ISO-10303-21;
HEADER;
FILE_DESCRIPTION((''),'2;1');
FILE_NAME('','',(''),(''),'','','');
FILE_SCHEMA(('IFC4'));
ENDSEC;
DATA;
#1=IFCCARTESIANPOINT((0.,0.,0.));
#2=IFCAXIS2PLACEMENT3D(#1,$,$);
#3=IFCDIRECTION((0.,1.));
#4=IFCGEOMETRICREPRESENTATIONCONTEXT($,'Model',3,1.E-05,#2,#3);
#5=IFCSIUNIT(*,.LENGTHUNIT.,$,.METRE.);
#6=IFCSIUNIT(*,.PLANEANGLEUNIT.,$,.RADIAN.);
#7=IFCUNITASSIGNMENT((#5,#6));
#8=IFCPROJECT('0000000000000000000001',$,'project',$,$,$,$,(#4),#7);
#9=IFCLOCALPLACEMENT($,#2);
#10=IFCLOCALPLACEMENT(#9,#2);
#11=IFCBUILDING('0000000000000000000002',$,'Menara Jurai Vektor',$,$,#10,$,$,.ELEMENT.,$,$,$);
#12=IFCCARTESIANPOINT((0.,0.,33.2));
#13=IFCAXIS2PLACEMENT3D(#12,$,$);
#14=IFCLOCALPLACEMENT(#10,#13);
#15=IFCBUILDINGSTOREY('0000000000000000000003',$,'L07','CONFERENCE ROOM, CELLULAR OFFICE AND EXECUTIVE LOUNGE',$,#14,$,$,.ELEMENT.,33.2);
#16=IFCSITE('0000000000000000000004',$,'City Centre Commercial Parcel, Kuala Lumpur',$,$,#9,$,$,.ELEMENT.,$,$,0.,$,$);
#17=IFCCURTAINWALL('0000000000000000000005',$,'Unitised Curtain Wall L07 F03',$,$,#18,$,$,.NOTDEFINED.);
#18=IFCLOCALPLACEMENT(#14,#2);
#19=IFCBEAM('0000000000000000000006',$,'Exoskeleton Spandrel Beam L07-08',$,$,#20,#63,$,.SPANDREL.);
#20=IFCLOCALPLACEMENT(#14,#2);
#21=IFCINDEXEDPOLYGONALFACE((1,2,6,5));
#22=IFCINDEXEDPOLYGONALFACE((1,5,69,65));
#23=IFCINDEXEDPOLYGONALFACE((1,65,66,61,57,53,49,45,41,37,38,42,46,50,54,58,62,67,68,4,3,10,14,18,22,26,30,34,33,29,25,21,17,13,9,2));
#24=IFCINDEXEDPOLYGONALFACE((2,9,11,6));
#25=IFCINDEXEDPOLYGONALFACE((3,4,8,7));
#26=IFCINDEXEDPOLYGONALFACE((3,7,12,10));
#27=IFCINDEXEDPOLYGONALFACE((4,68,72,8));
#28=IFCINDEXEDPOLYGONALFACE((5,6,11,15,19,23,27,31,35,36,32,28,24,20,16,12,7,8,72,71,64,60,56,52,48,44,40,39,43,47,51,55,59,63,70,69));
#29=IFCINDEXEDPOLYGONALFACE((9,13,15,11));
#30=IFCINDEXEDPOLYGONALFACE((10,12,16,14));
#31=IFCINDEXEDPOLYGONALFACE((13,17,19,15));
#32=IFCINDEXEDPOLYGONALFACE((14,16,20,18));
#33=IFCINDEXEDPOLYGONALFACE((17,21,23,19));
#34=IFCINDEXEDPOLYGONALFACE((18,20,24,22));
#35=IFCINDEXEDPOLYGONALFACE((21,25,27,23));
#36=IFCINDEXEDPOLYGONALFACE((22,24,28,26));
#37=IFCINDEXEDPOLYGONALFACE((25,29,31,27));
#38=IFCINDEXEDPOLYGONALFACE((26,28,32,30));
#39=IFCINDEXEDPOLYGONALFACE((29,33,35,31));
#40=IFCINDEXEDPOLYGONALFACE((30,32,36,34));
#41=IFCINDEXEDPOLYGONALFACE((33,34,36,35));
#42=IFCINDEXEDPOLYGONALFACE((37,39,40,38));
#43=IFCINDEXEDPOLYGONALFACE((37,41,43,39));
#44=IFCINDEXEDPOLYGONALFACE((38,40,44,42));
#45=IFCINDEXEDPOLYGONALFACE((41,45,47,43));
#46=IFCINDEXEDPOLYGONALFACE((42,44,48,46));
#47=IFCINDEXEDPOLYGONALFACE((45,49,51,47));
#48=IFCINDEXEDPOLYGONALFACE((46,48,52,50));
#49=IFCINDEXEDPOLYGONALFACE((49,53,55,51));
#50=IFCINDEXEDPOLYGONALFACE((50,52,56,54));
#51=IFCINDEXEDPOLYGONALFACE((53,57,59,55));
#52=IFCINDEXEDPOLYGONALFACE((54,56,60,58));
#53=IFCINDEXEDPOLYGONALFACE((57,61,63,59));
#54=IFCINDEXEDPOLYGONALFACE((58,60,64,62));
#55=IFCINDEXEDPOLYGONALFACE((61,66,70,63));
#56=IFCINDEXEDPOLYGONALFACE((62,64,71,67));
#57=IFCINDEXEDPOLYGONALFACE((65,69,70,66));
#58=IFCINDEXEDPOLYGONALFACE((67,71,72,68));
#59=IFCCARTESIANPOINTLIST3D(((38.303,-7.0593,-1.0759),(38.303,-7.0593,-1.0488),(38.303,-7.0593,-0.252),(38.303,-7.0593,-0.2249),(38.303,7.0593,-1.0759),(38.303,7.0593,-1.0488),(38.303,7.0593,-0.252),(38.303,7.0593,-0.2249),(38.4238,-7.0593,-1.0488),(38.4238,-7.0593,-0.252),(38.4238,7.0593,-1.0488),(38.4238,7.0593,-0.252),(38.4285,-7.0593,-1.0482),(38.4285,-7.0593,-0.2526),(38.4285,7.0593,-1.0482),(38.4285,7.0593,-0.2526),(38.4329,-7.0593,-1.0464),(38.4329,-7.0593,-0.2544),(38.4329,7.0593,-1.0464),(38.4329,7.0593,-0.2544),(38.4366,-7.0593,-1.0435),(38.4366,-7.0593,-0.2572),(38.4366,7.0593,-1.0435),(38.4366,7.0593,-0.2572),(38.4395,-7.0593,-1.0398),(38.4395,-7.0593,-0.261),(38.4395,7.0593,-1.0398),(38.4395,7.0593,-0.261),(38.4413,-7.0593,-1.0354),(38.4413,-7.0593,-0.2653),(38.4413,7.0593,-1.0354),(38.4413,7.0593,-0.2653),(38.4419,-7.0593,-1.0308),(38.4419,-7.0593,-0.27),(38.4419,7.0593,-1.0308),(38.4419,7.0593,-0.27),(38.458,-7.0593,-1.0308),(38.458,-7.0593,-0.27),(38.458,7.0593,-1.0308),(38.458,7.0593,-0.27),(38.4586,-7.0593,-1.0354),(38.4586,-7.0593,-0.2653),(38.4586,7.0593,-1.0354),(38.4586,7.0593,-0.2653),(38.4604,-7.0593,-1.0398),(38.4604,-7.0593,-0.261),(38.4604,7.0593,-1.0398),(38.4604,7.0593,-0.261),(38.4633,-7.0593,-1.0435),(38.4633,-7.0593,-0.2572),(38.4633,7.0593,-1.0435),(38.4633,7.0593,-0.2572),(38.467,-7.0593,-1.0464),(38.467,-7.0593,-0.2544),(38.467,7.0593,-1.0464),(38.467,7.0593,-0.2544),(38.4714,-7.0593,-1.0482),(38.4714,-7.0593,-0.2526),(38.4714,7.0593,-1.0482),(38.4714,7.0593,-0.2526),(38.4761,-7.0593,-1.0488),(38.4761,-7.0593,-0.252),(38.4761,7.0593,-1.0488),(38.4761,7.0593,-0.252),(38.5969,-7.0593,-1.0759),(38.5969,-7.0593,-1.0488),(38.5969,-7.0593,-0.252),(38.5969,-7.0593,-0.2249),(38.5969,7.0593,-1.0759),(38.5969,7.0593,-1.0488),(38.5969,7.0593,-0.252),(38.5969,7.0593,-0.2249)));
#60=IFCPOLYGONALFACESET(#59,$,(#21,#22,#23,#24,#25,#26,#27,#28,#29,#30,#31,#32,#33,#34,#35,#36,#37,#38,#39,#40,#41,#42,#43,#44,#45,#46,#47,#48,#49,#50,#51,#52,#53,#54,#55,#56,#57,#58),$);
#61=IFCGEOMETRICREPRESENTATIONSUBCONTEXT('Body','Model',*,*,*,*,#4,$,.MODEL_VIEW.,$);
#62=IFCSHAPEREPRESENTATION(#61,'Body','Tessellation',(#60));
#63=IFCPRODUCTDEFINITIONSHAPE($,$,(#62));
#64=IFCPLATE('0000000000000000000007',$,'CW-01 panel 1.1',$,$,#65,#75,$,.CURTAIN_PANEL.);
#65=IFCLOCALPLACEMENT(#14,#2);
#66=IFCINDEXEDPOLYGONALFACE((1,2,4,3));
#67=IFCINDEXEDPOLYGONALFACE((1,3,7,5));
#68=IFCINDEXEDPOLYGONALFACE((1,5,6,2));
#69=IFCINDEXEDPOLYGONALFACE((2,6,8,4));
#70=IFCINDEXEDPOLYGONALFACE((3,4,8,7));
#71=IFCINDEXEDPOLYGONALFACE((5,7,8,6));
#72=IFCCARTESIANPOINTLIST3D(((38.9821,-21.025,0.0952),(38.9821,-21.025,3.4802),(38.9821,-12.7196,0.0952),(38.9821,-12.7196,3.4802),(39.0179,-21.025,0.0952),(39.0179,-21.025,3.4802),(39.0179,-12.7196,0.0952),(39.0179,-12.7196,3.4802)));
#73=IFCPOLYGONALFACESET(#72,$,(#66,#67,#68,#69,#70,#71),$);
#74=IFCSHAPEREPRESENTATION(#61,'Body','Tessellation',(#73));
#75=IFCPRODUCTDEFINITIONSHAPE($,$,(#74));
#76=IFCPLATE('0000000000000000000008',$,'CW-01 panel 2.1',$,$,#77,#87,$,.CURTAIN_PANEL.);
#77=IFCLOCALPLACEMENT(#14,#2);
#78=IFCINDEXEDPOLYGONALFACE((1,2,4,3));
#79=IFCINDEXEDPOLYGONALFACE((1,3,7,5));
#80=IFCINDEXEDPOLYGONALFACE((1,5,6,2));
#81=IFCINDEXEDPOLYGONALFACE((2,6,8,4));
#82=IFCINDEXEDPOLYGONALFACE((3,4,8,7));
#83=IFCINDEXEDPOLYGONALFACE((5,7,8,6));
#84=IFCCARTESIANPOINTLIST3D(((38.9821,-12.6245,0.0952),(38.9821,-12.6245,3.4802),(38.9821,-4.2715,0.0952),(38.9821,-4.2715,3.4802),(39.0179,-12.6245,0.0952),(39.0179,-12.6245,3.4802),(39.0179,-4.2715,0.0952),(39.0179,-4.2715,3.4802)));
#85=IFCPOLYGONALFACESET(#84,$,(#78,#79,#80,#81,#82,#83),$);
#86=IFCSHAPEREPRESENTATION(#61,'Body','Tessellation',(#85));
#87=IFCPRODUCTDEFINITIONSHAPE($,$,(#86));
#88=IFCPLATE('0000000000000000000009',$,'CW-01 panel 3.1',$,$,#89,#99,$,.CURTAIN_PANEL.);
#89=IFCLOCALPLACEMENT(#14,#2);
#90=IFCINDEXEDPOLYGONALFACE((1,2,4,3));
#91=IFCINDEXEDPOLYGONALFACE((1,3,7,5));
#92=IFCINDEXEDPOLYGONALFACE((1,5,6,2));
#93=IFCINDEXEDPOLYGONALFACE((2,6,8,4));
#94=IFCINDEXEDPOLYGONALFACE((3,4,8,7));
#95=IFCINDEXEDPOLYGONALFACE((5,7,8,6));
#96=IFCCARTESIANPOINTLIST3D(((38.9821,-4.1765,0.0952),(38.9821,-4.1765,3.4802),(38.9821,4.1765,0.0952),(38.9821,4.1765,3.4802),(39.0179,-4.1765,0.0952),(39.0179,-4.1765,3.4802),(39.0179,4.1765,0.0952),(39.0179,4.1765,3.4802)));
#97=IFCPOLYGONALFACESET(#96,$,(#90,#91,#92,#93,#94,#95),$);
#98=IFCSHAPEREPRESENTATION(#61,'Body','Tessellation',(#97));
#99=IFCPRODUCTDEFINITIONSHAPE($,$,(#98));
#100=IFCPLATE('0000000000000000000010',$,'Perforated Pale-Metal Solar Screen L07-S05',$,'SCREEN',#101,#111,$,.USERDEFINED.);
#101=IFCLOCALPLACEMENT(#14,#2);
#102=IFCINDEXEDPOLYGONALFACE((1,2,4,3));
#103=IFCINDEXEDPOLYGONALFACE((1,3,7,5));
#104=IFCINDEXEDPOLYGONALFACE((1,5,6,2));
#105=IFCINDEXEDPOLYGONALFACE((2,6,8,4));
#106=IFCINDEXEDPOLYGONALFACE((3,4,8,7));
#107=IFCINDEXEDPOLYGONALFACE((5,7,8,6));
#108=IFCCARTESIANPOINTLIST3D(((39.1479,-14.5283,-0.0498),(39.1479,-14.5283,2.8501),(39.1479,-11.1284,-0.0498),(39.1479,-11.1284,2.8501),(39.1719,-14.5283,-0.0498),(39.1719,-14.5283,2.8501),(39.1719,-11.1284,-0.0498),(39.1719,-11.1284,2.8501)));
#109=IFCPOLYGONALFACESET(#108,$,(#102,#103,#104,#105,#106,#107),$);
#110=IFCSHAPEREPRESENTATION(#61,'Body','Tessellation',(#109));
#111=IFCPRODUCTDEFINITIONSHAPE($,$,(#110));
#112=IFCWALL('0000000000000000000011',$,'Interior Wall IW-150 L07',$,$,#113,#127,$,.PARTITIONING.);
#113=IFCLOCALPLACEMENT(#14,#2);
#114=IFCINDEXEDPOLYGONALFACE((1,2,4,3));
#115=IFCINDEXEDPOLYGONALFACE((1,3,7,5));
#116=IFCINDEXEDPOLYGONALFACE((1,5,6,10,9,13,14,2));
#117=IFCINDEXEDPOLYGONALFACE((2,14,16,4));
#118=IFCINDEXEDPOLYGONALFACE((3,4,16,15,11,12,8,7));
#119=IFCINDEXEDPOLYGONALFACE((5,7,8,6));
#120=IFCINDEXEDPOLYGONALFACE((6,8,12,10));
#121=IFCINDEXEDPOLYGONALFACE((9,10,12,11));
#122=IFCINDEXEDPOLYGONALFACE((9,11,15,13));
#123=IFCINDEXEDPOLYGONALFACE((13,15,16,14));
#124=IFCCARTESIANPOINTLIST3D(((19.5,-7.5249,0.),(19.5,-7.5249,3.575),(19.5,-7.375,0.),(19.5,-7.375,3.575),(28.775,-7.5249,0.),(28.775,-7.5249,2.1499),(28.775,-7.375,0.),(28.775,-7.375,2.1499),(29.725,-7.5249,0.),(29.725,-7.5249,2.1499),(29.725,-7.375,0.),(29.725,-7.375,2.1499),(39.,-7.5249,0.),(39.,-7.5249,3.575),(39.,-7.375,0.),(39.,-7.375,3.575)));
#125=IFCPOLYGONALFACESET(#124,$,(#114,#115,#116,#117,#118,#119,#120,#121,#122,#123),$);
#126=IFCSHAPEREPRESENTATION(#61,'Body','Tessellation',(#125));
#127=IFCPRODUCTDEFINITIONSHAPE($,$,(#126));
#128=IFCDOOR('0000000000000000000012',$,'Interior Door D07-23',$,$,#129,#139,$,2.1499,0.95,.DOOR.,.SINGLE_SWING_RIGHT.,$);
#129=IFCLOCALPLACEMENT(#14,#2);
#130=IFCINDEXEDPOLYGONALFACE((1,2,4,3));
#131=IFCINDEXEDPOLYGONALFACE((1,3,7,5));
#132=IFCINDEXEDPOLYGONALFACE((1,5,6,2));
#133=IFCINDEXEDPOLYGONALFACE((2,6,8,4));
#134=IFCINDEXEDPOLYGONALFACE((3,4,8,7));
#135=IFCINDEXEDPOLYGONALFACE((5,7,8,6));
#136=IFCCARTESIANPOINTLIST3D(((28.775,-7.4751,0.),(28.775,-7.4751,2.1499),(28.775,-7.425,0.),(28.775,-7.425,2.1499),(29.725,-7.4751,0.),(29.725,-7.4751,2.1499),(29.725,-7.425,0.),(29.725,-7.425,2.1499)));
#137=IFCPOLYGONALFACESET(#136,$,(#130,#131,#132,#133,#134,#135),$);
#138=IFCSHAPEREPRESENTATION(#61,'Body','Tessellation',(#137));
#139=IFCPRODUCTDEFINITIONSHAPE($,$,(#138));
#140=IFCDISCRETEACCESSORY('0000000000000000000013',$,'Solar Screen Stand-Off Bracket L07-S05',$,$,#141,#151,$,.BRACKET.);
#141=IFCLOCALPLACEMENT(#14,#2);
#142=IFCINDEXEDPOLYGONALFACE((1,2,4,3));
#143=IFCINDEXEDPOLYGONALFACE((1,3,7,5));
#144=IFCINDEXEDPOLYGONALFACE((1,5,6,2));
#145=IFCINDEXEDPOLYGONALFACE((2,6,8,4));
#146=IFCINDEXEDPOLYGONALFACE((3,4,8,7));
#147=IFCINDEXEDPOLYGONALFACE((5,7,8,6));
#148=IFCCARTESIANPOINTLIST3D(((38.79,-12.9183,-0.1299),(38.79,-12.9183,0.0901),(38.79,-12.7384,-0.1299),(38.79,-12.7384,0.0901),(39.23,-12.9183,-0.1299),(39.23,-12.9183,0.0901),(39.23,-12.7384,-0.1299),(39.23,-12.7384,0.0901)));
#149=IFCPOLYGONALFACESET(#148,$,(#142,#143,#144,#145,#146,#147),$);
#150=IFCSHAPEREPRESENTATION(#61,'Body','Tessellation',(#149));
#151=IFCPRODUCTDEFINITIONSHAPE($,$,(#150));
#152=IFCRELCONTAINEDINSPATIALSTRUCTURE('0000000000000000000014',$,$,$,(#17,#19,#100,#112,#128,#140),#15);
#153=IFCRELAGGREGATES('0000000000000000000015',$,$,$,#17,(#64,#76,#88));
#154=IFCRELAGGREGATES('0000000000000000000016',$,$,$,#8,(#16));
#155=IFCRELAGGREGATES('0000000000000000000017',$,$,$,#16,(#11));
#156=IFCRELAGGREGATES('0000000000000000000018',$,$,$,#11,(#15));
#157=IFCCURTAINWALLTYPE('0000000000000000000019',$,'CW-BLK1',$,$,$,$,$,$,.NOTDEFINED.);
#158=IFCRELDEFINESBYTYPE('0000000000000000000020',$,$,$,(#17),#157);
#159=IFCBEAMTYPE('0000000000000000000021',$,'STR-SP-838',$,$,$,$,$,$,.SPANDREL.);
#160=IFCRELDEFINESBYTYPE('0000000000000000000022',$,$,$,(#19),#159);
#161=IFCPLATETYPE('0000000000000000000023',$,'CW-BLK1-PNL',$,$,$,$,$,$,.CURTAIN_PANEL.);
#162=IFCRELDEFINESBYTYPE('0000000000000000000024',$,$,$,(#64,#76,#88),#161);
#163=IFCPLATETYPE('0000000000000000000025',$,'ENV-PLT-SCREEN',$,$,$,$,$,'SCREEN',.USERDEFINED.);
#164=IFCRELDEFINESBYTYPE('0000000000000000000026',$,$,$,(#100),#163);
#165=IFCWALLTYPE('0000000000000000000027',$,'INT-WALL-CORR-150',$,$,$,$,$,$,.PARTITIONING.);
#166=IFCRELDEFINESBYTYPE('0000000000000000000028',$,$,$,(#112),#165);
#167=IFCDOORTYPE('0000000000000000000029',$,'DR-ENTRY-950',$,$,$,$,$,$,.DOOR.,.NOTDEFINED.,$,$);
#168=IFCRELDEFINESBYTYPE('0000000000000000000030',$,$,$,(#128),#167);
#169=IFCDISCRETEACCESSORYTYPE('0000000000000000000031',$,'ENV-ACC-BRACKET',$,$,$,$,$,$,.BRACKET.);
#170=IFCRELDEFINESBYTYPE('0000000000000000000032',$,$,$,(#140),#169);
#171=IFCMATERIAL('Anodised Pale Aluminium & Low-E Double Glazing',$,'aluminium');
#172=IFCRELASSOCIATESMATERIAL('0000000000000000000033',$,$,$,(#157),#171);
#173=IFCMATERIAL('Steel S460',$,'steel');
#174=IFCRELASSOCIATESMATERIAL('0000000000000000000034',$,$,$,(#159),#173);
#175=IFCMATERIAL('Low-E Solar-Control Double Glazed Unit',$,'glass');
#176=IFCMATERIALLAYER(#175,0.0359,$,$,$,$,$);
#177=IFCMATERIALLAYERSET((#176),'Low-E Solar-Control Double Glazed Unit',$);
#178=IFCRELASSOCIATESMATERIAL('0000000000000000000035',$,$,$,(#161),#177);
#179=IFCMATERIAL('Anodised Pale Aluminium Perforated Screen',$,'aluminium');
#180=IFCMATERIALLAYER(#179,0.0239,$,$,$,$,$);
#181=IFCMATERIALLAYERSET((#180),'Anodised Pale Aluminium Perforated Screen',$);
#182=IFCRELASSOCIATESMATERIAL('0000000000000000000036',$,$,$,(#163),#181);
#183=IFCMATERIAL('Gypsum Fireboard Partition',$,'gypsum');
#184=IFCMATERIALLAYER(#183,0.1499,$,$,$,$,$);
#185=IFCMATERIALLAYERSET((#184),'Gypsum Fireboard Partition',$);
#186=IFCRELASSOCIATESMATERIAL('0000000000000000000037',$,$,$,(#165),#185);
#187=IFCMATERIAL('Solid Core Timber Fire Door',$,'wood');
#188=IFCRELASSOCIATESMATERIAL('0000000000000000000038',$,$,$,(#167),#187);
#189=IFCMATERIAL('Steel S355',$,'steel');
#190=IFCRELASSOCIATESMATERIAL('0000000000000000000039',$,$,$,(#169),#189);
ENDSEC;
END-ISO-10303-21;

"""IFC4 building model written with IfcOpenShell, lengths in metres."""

from ifc_helpers import new_model, si_unit, direction, frame, frame_2d, origin, origin_2d, place, context, subcontext, project, spatial, rectangle, i_section, extrude, material, layer, layer_set, material_profile, profile_set, type_object, element, fill, aggregate, save


model = new_model("IFC4")

# Units and contexts
model_context = context("Model", 3, precision=1e-05, world=origin(), true_north=direction((0.0, 1.0)))
body_context = subcontext(model_context, "Body", "Model", "MODEL_VIEW")
ifc_project = project(units=[si_unit("LENGTHUNIT", "METRE"), si_unit("PLANEANGLEUNIT", "RADIAN")], contexts=[model_context])

# Site, building, storey
site_placement = place(None, origin())
site = spatial("IfcSite", under=ifc_project, at=site_placement, Name="City Centre Commercial Parcel, Kuala Lumpur", CompositionType="ELEMENT", RefElevation=0.0)
building_placement = place(site_placement, origin())
building = spatial("IfcBuilding", under=site, at=building_placement, Name="Menara Jurai Vektor", CompositionType="ELEMENT")
storey_placement = place(building_placement, frame((0.0, 0.0, 33.2)))
storey = spatial("IfcBuildingStorey", under=building, at=storey_placement, Name="L07", Description="CONFERENCE ROOM, CELLULAR OFFICE AND EXECUTIVE LOUNGE", CompositionType="ELEMENT", Elevation=33.2)

# Shared definitions
ifc_material_1 = material(Name="Steel S460", Category="steel")

# Curtain wall
ifc_material_2 = material(Name="Anodised Pale Aluminium & Low-E Double Glazing", Category="aluminium")
curtain_wall_type = type_object("IfcCurtainWallType", Name="CW-BLK1", PredefinedType="NOTDEFINED", material=ifc_material_2)
curtain_wall_placement = place(storey_placement, origin())
curtain_wall = element("IfcCurtainWall", 1, at=curtain_wall_placement, inside=storey, type_object=curtain_wall_type, Name="Unitised Curtain Wall L07 F03", PredefinedType="NOTDEFINED")

# Beam
ifc_material_3 = material(Name="Steel S355", Category="steel")
ifc_material_profile_1 = material_profile(ifc_material_1, i_section(OverallWidth=0.2939, OverallDepth=0.8511, WebThickness=0.0161, FlangeThickness=0.0271, FilletRadius=0.0181, at=origin_2d()), Name="UKB 838x292x226")
ifc_profile_set_1 = profile_set([ifc_material_profile_1], Name="Steel S460")
beam_type_1 = type_object("IfcBeamType", Name="STR-SP-838", PredefinedType="SPANDREL", material=ifc_profile_set_1)
beam_1_placement = place(storey_placement, frame((38.45, -7.0593, -0.6504), z_axis=(0.0, 1.0, 0.0), x_axis=(-1.0, 0.0, 0.0)))
element("IfcBeam", 2, at=beam_1_placement, inside=storey, type_object=beam_type_1, Name="Exoskeleton Spandrel Beam L07-08", PredefinedType="SPANDREL", context=body_context, shape_type="SweptSolid", body=[
    extrude(i_section(OverallWidth=0.2939, OverallDepth=0.8511, WebThickness=0.0161, FlangeThickness=0.0271, FilletRadius=0.0181, at=origin_2d()), origin(), (0.0, 0.0, 1.0), 14.1187),
])

# Plates
ifc_material_4 = material(Name="Low-E Solar-Control Double Glazed Unit", Category="glass")
ifc_layer_1 = layer(ifc_material_4, 0.0359)
ifc_layer_set_1 = layer_set([ifc_layer_1], Name="Low-E Solar-Control Double Glazed Unit")
plate_type_1 = type_object("IfcPlateType", Name="CW-BLK1-PNL", PredefinedType="CURTAIN_PANEL", material=ifc_layer_set_1)
plate_1_placement = place(storey_placement, frame((39.0, -16.8723, 0.0952), z_axis=(0.0, 0.0, 1.0), x_axis=(0.0, 1.0, 0.0)))
plate_1 = element("IfcPlate", 3, at=plate_1_placement, type_object=plate_type_1, Name="CW-01 panel 1.1", PredefinedType="CURTAIN_PANEL", context=body_context, shape_type="SweptSolid", body=[
    extrude(rectangle(XDim=8.3054, YDim=0.0359, at=origin_2d()), origin(), (0.0, 0.0, 1.0), 3.385),
])
plate_2_placement = place(storey_placement, frame((39.0, -8.448, 0.0952), z_axis=(0.0, 0.0, 1.0), x_axis=(0.0, 1.0, 0.0)))
plate_2 = element("IfcPlate", 4, at=plate_2_placement, type_object=plate_type_1, Name="CW-01 panel 2.1", PredefinedType="CURTAIN_PANEL", context=body_context, shape_type="SweptSolid", body=[
    extrude(rectangle(XDim=8.353, YDim=0.0359, at=origin_2d()), origin(), (0.0, 0.0, 1.0), 3.385),
])
plate_3_placement = place(storey_placement, frame((39.0, 0.0, 0.0952), z_axis=(0.0, 0.0, 1.0), x_axis=(0.0, 1.0, 0.0)))
plate_3 = element("IfcPlate", 5, at=plate_3_placement, type_object=plate_type_1, Name="CW-01 panel 3.1", PredefinedType="CURTAIN_PANEL", context=body_context, shape_type="SweptSolid", body=[
    extrude(rectangle(XDim=8.353, YDim=0.0359, at=origin_2d()), origin(), (0.0, 0.0, 1.0), 3.385),
])
aggregate(curtain_wall, [plate_1, plate_2, plate_3])
ifc_material_5 = material(Name="Anodised Pale Aluminium Perforated Screen", Category="aluminium")
ifc_layer_2 = layer(ifc_material_5, 0.0239)
ifc_layer_set_2 = layer_set([ifc_layer_2], Name="Anodised Pale Aluminium Perforated Screen")
plate_type_2 = type_object("IfcPlateType", Name="ENV-PLT-SCREEN", ElementType="SCREEN", PredefinedType="USERDEFINED", material=ifc_layer_set_2)
plate_4_placement = place(storey_placement, frame((39.1599, -12.8284, -0.0498), z_axis=(0.0, 0.0, 1.0), x_axis=(0.0, 1.0, 0.0)))
element("IfcPlate", 6, at=plate_4_placement, inside=storey, type_object=plate_type_2, Name="Perforated Pale-Metal Solar Screen L07-S05", ObjectType="SCREEN", PredefinedType="USERDEFINED", context=body_context, shape_type="SweptSolid", body=[
    extrude(rectangle(XDim=3.3999, YDim=0.0239, at=origin_2d()), origin(), (0.0, 0.0, 1.0), 2.8999),
])

# Wall, opening, door
ifc_material_6 = material(Name="Gypsum Fireboard Partition", Category="gypsum")
ifc_layer_3 = layer(ifc_material_6, 0.1499)
ifc_layer_set_3 = layer_set([ifc_layer_3], Name="Gypsum Fireboard Partition")
wall_type = type_object("IfcWallType", Name="INT-WALL-CORR-150", PredefinedType="PARTITIONING", material=ifc_layer_set_3)
wall_placement = place(storey_placement, frame((19.5, -7.45, 0.0), z_axis=(0.0, 0.0, 1.0), x_axis=(1.0, 0.0, 0.0)))
wall = element("IfcWall", 7, at=wall_placement, inside=storey, type_object=wall_type, Name="Interior Wall IW-150 L07", PredefinedType="PARTITIONING", context=body_context, shape_type="SweptSolid", body=[
    extrude(rectangle(XDim=19.5, YDim=0.1499, at=frame_2d((9.75, 0.0))), origin(), (0.0, 0.0, 1.0), 3.575),
])
opening_placement = place(wall_placement, frame((9.2749, 0.0, 0.0)))
opening = element("IfcOpeningElement", 8, at=opening_placement, cuts=wall, PredefinedType="OPENING", context=body_context, shape_type="SweptSolid", body=[
    extrude(rectangle(XDim=0.95, YDim=2.1499, at=frame_2d((0.4751, 1.075))), frame((0.0, 0.085, 0.0), z_axis=(0.0, -1.0, 0.0), x_axis=(1.0, 0.0, 0.0)), (0.0, 0.0, 1.0), 0.1699),
])
ifc_material_7 = material(Name="Solid Core Timber Fire Door", Category="wood")
door_type = type_object("IfcDoorType", Name="DR-ENTRY-950", OperationType="NOTDEFINED", PredefinedType="DOOR", material=ifc_material_7)
door_placement = place(opening_placement, origin())
door = element("IfcDoor", 9, at=door_placement, inside=storey, type_object=door_type, Name="Interior Door D07-23", OperationType="SINGLE_SWING_RIGHT", OverallHeight=2.1499, OverallWidth=0.95, PredefinedType="DOOR", context=body_context, shape_type="SweptSolid", body=[
    extrude(rectangle(XDim=0.95, YDim=2.1499, at=frame_2d((0.4751, 1.075))), frame((0.0, 0.0249, 0.0), z_axis=(0.0, -1.0, 0.0), x_axis=(1.0, 0.0, 0.0)), (0.0, 0.0, 1.0), 0.05),
])
fill(opening, door)

# Discrete accessory
discrete_accessory_type = type_object("IfcDiscreteAccessoryType", Name="ENV-ACC-BRACKET", PredefinedType="BRACKET", material=ifc_material_3)
discrete_accessory_placement = place(storey_placement, frame((39.01, -12.8284, -0.1299), z_axis=(0.0, 0.0, 1.0), x_axis=(0.0, 1.0, 0.0)))
element("IfcDiscreteAccessory", 10, at=discrete_accessory_placement, inside=storey, type_object=discrete_accessory_type, Name="Solar Screen Stand-Off Bracket L07-S05", PredefinedType="BRACKET", context=body_context, shape_type="SweptSolid", body=[
    extrude(rectangle(XDim=0.1799, YDim=0.4399, at=origin_2d()), origin(), (0.0, 0.0, 1.0), 0.22),
])

save(model, "model.ifc")
